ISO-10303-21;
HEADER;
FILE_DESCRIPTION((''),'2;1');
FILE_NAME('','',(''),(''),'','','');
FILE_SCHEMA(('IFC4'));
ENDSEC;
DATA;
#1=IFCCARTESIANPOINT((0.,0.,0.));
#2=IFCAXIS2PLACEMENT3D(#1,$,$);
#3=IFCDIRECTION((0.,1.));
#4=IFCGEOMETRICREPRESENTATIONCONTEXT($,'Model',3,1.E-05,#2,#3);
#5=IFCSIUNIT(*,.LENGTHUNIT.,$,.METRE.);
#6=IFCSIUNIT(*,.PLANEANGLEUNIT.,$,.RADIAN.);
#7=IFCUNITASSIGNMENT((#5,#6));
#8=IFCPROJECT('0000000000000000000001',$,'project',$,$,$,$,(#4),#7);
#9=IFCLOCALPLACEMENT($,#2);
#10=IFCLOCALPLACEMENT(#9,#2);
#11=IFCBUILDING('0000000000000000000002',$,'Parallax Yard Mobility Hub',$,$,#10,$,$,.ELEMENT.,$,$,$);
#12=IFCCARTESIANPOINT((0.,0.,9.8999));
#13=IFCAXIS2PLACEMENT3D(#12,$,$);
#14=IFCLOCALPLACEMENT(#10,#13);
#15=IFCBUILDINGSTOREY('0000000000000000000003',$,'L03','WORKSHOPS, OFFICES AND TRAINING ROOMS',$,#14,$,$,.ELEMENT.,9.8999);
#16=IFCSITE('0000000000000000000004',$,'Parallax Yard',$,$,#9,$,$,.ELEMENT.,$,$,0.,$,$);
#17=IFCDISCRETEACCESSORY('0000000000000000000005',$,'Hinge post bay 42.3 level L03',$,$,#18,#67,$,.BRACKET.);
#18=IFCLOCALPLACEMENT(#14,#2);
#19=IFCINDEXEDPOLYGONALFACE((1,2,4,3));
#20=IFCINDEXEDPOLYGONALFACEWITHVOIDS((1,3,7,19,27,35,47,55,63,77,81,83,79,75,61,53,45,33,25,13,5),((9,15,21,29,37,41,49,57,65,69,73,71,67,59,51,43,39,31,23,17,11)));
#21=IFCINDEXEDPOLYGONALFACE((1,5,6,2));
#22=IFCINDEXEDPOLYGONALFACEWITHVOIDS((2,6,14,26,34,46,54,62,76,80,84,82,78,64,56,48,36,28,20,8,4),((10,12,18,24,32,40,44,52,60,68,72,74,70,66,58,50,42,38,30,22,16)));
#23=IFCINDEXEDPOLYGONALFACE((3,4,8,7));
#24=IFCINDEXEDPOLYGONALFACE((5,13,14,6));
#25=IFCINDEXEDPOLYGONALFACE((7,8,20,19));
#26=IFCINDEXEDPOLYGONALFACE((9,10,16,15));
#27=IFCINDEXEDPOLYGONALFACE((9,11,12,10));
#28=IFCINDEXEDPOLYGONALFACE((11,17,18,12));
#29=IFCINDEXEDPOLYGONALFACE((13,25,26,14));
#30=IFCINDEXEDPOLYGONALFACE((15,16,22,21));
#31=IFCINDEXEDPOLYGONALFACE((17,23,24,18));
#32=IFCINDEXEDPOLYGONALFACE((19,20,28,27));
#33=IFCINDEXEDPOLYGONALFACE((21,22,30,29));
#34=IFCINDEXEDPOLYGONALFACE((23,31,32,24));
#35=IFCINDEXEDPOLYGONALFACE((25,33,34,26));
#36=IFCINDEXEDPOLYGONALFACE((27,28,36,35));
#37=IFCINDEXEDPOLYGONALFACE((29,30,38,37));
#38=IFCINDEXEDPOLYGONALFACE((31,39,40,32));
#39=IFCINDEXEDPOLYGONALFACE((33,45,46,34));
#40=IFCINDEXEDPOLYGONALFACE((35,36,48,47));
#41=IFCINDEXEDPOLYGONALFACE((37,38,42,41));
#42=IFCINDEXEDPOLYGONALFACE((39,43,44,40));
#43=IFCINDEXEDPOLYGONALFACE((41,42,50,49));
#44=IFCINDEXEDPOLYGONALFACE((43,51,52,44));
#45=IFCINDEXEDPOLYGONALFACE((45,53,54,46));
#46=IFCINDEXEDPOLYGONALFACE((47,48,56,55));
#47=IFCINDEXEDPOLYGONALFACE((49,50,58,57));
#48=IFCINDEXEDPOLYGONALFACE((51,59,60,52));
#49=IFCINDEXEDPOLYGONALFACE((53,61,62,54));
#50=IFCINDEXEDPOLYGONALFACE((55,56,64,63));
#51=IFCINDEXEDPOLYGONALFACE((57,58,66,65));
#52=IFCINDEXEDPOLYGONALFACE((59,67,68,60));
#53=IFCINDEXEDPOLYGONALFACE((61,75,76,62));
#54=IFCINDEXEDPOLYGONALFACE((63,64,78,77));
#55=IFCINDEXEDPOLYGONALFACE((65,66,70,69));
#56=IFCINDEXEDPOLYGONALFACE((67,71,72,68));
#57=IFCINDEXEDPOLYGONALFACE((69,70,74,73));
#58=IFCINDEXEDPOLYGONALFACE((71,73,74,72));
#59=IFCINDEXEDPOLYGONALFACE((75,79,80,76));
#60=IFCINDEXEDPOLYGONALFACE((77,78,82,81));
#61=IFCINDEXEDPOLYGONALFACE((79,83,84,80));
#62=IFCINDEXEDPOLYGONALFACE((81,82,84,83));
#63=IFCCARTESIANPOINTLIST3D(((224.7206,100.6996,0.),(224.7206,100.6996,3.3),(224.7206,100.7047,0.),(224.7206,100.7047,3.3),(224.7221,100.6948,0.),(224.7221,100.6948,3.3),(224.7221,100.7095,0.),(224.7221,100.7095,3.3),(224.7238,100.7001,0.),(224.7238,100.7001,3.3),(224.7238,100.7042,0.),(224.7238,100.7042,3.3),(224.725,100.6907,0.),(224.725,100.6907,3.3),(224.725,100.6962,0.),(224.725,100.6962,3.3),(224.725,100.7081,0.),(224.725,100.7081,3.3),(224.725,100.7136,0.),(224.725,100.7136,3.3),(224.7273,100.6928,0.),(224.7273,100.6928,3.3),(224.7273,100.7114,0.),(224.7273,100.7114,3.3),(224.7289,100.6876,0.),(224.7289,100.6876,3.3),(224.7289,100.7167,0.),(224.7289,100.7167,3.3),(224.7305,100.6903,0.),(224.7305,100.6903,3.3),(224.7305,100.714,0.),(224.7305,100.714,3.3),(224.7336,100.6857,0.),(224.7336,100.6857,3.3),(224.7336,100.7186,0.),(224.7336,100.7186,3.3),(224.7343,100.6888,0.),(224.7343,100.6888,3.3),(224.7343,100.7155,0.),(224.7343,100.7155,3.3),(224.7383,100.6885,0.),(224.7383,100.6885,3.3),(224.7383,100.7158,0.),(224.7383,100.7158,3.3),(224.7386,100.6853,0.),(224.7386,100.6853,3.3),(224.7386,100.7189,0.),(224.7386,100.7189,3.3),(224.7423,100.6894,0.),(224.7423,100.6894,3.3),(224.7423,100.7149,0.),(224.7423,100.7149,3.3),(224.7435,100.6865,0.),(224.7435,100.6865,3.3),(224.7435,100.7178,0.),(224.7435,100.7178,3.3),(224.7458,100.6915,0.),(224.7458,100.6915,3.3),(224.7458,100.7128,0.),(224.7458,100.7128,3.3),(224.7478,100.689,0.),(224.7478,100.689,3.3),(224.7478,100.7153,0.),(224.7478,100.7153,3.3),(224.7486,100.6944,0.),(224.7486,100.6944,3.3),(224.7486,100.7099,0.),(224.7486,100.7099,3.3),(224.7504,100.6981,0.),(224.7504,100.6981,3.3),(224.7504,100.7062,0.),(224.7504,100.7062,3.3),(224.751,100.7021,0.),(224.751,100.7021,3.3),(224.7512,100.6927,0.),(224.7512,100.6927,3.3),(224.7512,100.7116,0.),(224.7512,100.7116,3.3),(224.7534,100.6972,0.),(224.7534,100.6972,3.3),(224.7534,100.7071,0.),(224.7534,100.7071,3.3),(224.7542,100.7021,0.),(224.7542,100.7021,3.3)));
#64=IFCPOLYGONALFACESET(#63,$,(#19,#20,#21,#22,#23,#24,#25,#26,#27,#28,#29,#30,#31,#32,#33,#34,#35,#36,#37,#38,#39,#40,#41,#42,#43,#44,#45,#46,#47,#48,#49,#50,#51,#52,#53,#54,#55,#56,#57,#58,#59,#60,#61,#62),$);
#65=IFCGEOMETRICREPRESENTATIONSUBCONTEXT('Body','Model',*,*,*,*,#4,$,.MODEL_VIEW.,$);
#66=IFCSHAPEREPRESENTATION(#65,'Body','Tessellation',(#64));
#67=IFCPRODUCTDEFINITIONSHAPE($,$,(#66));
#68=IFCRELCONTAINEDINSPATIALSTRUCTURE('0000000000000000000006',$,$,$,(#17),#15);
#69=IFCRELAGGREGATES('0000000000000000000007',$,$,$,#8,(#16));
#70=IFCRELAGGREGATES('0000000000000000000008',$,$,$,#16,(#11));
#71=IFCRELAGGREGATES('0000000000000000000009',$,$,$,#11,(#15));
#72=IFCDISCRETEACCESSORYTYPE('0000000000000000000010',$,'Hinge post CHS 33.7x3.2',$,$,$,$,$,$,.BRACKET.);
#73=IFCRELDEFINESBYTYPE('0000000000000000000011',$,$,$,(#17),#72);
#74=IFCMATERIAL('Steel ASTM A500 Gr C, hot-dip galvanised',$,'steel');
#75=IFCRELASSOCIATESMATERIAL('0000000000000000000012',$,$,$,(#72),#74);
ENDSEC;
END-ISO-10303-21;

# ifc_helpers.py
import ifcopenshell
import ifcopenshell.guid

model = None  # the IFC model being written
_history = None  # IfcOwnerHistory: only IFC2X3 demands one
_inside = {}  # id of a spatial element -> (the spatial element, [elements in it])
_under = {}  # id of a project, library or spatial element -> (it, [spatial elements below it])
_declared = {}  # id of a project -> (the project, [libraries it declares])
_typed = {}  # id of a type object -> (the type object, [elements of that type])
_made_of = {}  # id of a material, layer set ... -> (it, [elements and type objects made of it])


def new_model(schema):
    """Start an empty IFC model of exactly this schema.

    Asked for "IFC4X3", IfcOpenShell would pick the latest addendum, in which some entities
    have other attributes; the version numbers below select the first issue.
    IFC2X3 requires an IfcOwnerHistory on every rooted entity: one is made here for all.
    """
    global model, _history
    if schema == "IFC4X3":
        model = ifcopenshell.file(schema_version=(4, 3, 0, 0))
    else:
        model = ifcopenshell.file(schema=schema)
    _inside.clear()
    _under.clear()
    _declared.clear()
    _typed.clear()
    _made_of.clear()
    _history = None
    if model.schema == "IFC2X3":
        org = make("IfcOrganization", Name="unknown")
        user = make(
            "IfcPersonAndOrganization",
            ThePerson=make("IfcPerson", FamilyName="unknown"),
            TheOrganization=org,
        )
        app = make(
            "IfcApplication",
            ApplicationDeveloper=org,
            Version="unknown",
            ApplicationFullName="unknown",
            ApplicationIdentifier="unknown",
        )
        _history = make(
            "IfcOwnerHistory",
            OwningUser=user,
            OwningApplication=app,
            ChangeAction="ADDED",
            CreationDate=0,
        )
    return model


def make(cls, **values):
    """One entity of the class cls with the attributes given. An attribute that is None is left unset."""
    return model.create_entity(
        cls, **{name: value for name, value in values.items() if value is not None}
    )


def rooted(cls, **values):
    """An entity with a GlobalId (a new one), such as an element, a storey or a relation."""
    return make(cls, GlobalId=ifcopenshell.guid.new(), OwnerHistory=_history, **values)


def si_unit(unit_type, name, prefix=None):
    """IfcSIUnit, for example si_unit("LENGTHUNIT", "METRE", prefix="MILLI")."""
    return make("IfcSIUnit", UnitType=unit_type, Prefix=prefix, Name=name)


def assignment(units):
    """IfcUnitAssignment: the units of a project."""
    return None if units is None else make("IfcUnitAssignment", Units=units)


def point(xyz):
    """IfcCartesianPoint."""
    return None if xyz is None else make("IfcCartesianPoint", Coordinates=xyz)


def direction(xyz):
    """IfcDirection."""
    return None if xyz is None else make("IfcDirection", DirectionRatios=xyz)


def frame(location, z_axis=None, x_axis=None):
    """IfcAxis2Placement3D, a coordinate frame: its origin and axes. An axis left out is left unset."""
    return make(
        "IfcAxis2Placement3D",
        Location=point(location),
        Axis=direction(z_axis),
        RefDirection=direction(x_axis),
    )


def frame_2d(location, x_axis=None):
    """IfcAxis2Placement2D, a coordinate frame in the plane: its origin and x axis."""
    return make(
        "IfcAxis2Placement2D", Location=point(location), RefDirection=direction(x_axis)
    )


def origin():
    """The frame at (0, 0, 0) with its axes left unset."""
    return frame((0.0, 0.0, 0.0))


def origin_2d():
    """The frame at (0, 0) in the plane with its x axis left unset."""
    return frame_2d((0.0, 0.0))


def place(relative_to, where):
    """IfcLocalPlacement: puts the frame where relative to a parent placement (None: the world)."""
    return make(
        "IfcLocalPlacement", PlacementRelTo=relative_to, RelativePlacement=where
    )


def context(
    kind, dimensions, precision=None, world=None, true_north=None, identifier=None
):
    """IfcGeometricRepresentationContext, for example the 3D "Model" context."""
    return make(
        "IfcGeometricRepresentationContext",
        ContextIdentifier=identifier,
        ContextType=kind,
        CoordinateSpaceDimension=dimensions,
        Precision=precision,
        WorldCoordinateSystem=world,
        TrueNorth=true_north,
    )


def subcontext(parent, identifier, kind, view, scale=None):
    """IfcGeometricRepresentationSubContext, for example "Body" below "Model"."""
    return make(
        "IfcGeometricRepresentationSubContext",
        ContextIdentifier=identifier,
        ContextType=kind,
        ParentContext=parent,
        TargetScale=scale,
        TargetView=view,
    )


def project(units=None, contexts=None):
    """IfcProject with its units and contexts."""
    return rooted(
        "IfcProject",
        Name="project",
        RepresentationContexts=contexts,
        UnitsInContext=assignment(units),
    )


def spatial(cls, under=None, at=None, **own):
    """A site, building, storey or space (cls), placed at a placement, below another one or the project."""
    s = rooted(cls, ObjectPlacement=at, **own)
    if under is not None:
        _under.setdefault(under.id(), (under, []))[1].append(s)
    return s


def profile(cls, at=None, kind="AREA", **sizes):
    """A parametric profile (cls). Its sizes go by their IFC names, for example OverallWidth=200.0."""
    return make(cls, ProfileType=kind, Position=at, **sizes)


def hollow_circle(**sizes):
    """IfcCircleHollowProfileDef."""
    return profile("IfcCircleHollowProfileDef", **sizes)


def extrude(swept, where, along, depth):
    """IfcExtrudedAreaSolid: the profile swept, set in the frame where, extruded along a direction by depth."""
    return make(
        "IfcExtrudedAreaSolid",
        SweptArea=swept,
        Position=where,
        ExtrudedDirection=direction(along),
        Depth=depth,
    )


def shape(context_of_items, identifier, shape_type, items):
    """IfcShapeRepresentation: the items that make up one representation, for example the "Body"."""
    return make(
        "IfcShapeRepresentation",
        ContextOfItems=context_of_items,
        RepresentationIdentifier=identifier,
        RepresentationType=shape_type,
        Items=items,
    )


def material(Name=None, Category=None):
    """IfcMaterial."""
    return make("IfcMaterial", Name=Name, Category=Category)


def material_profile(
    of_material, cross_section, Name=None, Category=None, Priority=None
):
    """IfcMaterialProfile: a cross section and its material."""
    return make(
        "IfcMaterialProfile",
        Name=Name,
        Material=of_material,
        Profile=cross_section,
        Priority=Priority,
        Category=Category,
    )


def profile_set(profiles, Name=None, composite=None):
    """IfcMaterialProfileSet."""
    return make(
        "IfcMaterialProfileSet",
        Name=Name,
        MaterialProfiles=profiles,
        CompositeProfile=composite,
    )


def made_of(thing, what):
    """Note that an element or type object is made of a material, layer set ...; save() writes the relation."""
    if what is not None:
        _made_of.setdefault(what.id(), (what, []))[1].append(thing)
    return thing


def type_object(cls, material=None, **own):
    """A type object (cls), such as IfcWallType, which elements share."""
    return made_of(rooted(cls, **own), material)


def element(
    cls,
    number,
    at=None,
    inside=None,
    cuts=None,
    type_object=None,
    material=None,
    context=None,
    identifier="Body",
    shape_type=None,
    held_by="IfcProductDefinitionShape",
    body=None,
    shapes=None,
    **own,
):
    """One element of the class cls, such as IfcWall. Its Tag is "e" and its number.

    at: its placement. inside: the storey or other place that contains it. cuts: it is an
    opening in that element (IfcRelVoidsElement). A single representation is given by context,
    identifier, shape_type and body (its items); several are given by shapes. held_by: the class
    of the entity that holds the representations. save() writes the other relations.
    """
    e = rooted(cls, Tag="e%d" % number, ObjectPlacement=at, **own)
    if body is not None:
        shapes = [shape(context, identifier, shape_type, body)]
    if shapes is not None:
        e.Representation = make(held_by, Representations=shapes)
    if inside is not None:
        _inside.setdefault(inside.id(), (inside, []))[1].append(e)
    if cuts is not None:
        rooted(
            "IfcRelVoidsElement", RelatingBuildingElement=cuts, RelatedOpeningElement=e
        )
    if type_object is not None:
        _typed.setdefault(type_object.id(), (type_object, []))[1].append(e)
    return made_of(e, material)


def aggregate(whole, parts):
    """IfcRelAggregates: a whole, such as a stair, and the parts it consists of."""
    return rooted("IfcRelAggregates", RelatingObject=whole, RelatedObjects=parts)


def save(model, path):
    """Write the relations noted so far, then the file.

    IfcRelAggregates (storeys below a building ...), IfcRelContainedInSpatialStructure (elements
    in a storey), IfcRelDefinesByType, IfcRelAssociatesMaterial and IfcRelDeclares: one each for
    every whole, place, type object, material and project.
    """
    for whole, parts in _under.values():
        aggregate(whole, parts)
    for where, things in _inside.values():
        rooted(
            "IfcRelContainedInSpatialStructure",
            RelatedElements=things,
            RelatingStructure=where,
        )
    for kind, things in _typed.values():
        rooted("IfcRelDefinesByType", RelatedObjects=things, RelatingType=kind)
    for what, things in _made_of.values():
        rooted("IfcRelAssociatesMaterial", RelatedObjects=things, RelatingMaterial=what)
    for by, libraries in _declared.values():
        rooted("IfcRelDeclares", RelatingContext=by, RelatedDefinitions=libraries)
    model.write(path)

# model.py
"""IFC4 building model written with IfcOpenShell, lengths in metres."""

from ifc_helpers import new_model, si_unit, direction, frame, origin, origin_2d, place, context, subcontext, project, spatial, hollow_circle, extrude, material, material_profile, profile_set, type_object, element, save


model = new_model("IFC4")

# Units and contexts
model_context = context("Model", 3, precision=1e-05, world=origin(), true_north=direction((0.0, 1.0)))
body_context = subcontext(model_context, "Body", "Model", "MODEL_VIEW")
ifc_project = project(units=[si_unit("LENGTHUNIT", "METRE"), si_unit("PLANEANGLEUNIT", "RADIAN")], contexts=[model_context])

# Site, building, storey
site_placement = place(None, origin())
site = spatial("IfcSite", under=ifc_project, at=site_placement, Name="Parallax Yard", CompositionType="ELEMENT", RefElevation=0.0)
building_placement = place(site_placement, origin())
building = spatial("IfcBuilding", under=site, at=building_placement, Name="Parallax Yard Mobility Hub", CompositionType="ELEMENT")
storey_placement = place(building_placement, frame((0.0, 0.0, 9.8999)))
storey = spatial("IfcBuildingStorey", under=building, at=storey_placement, Name="L03", Description="WORKSHOPS, OFFICES AND TRAINING ROOMS", CompositionType="ELEMENT", Elevation=9.8999)

# Discrete accessory
ifc_material_1 = material(Name="Steel ASTM A500 Gr C, hot-dip galvanised", Category="steel")
ifc_material_profile = material_profile(ifc_material_1, hollow_circle(Radius=0.0168, WallThickness=0.0032, at=origin_2d()), Name="CHS 33.7x3.2")
ifc_profile_set = profile_set([ifc_material_profile], Name="Steel ASTM A500 Gr C, hot-dip galvanised")
discrete_accessory_type_1 = type_object("IfcDiscreteAccessoryType", Name="Hinge post CHS 33.7x3.2", PredefinedType="BRACKET", material=ifc_profile_set)
for number, where, z_axis, x_axis, name in (
    (1, (224.7373, 100.7021, 0.0), (0.0, 0.0, 1.0), (1.0, 0.0, 0.0), "Hinge post bay 42.3 level L03"),
):
    element("IfcDiscreteAccessory", number, at=place(storey_placement, frame(where, z_axis=z_axis, x_axis=x_axis)), inside=storey, type_object=discrete_accessory_type_1, Name=name, PredefinedType="BRACKET", context=body_context, shape_type="SweptSolid", body=[
        extrude(hollow_circle(Radius=0.0168, WallThickness=0.0032, at=origin_2d()), origin(), (0.0, 0.0, 1.0), 3.3),
    ])

save(model, "model.ifc")
